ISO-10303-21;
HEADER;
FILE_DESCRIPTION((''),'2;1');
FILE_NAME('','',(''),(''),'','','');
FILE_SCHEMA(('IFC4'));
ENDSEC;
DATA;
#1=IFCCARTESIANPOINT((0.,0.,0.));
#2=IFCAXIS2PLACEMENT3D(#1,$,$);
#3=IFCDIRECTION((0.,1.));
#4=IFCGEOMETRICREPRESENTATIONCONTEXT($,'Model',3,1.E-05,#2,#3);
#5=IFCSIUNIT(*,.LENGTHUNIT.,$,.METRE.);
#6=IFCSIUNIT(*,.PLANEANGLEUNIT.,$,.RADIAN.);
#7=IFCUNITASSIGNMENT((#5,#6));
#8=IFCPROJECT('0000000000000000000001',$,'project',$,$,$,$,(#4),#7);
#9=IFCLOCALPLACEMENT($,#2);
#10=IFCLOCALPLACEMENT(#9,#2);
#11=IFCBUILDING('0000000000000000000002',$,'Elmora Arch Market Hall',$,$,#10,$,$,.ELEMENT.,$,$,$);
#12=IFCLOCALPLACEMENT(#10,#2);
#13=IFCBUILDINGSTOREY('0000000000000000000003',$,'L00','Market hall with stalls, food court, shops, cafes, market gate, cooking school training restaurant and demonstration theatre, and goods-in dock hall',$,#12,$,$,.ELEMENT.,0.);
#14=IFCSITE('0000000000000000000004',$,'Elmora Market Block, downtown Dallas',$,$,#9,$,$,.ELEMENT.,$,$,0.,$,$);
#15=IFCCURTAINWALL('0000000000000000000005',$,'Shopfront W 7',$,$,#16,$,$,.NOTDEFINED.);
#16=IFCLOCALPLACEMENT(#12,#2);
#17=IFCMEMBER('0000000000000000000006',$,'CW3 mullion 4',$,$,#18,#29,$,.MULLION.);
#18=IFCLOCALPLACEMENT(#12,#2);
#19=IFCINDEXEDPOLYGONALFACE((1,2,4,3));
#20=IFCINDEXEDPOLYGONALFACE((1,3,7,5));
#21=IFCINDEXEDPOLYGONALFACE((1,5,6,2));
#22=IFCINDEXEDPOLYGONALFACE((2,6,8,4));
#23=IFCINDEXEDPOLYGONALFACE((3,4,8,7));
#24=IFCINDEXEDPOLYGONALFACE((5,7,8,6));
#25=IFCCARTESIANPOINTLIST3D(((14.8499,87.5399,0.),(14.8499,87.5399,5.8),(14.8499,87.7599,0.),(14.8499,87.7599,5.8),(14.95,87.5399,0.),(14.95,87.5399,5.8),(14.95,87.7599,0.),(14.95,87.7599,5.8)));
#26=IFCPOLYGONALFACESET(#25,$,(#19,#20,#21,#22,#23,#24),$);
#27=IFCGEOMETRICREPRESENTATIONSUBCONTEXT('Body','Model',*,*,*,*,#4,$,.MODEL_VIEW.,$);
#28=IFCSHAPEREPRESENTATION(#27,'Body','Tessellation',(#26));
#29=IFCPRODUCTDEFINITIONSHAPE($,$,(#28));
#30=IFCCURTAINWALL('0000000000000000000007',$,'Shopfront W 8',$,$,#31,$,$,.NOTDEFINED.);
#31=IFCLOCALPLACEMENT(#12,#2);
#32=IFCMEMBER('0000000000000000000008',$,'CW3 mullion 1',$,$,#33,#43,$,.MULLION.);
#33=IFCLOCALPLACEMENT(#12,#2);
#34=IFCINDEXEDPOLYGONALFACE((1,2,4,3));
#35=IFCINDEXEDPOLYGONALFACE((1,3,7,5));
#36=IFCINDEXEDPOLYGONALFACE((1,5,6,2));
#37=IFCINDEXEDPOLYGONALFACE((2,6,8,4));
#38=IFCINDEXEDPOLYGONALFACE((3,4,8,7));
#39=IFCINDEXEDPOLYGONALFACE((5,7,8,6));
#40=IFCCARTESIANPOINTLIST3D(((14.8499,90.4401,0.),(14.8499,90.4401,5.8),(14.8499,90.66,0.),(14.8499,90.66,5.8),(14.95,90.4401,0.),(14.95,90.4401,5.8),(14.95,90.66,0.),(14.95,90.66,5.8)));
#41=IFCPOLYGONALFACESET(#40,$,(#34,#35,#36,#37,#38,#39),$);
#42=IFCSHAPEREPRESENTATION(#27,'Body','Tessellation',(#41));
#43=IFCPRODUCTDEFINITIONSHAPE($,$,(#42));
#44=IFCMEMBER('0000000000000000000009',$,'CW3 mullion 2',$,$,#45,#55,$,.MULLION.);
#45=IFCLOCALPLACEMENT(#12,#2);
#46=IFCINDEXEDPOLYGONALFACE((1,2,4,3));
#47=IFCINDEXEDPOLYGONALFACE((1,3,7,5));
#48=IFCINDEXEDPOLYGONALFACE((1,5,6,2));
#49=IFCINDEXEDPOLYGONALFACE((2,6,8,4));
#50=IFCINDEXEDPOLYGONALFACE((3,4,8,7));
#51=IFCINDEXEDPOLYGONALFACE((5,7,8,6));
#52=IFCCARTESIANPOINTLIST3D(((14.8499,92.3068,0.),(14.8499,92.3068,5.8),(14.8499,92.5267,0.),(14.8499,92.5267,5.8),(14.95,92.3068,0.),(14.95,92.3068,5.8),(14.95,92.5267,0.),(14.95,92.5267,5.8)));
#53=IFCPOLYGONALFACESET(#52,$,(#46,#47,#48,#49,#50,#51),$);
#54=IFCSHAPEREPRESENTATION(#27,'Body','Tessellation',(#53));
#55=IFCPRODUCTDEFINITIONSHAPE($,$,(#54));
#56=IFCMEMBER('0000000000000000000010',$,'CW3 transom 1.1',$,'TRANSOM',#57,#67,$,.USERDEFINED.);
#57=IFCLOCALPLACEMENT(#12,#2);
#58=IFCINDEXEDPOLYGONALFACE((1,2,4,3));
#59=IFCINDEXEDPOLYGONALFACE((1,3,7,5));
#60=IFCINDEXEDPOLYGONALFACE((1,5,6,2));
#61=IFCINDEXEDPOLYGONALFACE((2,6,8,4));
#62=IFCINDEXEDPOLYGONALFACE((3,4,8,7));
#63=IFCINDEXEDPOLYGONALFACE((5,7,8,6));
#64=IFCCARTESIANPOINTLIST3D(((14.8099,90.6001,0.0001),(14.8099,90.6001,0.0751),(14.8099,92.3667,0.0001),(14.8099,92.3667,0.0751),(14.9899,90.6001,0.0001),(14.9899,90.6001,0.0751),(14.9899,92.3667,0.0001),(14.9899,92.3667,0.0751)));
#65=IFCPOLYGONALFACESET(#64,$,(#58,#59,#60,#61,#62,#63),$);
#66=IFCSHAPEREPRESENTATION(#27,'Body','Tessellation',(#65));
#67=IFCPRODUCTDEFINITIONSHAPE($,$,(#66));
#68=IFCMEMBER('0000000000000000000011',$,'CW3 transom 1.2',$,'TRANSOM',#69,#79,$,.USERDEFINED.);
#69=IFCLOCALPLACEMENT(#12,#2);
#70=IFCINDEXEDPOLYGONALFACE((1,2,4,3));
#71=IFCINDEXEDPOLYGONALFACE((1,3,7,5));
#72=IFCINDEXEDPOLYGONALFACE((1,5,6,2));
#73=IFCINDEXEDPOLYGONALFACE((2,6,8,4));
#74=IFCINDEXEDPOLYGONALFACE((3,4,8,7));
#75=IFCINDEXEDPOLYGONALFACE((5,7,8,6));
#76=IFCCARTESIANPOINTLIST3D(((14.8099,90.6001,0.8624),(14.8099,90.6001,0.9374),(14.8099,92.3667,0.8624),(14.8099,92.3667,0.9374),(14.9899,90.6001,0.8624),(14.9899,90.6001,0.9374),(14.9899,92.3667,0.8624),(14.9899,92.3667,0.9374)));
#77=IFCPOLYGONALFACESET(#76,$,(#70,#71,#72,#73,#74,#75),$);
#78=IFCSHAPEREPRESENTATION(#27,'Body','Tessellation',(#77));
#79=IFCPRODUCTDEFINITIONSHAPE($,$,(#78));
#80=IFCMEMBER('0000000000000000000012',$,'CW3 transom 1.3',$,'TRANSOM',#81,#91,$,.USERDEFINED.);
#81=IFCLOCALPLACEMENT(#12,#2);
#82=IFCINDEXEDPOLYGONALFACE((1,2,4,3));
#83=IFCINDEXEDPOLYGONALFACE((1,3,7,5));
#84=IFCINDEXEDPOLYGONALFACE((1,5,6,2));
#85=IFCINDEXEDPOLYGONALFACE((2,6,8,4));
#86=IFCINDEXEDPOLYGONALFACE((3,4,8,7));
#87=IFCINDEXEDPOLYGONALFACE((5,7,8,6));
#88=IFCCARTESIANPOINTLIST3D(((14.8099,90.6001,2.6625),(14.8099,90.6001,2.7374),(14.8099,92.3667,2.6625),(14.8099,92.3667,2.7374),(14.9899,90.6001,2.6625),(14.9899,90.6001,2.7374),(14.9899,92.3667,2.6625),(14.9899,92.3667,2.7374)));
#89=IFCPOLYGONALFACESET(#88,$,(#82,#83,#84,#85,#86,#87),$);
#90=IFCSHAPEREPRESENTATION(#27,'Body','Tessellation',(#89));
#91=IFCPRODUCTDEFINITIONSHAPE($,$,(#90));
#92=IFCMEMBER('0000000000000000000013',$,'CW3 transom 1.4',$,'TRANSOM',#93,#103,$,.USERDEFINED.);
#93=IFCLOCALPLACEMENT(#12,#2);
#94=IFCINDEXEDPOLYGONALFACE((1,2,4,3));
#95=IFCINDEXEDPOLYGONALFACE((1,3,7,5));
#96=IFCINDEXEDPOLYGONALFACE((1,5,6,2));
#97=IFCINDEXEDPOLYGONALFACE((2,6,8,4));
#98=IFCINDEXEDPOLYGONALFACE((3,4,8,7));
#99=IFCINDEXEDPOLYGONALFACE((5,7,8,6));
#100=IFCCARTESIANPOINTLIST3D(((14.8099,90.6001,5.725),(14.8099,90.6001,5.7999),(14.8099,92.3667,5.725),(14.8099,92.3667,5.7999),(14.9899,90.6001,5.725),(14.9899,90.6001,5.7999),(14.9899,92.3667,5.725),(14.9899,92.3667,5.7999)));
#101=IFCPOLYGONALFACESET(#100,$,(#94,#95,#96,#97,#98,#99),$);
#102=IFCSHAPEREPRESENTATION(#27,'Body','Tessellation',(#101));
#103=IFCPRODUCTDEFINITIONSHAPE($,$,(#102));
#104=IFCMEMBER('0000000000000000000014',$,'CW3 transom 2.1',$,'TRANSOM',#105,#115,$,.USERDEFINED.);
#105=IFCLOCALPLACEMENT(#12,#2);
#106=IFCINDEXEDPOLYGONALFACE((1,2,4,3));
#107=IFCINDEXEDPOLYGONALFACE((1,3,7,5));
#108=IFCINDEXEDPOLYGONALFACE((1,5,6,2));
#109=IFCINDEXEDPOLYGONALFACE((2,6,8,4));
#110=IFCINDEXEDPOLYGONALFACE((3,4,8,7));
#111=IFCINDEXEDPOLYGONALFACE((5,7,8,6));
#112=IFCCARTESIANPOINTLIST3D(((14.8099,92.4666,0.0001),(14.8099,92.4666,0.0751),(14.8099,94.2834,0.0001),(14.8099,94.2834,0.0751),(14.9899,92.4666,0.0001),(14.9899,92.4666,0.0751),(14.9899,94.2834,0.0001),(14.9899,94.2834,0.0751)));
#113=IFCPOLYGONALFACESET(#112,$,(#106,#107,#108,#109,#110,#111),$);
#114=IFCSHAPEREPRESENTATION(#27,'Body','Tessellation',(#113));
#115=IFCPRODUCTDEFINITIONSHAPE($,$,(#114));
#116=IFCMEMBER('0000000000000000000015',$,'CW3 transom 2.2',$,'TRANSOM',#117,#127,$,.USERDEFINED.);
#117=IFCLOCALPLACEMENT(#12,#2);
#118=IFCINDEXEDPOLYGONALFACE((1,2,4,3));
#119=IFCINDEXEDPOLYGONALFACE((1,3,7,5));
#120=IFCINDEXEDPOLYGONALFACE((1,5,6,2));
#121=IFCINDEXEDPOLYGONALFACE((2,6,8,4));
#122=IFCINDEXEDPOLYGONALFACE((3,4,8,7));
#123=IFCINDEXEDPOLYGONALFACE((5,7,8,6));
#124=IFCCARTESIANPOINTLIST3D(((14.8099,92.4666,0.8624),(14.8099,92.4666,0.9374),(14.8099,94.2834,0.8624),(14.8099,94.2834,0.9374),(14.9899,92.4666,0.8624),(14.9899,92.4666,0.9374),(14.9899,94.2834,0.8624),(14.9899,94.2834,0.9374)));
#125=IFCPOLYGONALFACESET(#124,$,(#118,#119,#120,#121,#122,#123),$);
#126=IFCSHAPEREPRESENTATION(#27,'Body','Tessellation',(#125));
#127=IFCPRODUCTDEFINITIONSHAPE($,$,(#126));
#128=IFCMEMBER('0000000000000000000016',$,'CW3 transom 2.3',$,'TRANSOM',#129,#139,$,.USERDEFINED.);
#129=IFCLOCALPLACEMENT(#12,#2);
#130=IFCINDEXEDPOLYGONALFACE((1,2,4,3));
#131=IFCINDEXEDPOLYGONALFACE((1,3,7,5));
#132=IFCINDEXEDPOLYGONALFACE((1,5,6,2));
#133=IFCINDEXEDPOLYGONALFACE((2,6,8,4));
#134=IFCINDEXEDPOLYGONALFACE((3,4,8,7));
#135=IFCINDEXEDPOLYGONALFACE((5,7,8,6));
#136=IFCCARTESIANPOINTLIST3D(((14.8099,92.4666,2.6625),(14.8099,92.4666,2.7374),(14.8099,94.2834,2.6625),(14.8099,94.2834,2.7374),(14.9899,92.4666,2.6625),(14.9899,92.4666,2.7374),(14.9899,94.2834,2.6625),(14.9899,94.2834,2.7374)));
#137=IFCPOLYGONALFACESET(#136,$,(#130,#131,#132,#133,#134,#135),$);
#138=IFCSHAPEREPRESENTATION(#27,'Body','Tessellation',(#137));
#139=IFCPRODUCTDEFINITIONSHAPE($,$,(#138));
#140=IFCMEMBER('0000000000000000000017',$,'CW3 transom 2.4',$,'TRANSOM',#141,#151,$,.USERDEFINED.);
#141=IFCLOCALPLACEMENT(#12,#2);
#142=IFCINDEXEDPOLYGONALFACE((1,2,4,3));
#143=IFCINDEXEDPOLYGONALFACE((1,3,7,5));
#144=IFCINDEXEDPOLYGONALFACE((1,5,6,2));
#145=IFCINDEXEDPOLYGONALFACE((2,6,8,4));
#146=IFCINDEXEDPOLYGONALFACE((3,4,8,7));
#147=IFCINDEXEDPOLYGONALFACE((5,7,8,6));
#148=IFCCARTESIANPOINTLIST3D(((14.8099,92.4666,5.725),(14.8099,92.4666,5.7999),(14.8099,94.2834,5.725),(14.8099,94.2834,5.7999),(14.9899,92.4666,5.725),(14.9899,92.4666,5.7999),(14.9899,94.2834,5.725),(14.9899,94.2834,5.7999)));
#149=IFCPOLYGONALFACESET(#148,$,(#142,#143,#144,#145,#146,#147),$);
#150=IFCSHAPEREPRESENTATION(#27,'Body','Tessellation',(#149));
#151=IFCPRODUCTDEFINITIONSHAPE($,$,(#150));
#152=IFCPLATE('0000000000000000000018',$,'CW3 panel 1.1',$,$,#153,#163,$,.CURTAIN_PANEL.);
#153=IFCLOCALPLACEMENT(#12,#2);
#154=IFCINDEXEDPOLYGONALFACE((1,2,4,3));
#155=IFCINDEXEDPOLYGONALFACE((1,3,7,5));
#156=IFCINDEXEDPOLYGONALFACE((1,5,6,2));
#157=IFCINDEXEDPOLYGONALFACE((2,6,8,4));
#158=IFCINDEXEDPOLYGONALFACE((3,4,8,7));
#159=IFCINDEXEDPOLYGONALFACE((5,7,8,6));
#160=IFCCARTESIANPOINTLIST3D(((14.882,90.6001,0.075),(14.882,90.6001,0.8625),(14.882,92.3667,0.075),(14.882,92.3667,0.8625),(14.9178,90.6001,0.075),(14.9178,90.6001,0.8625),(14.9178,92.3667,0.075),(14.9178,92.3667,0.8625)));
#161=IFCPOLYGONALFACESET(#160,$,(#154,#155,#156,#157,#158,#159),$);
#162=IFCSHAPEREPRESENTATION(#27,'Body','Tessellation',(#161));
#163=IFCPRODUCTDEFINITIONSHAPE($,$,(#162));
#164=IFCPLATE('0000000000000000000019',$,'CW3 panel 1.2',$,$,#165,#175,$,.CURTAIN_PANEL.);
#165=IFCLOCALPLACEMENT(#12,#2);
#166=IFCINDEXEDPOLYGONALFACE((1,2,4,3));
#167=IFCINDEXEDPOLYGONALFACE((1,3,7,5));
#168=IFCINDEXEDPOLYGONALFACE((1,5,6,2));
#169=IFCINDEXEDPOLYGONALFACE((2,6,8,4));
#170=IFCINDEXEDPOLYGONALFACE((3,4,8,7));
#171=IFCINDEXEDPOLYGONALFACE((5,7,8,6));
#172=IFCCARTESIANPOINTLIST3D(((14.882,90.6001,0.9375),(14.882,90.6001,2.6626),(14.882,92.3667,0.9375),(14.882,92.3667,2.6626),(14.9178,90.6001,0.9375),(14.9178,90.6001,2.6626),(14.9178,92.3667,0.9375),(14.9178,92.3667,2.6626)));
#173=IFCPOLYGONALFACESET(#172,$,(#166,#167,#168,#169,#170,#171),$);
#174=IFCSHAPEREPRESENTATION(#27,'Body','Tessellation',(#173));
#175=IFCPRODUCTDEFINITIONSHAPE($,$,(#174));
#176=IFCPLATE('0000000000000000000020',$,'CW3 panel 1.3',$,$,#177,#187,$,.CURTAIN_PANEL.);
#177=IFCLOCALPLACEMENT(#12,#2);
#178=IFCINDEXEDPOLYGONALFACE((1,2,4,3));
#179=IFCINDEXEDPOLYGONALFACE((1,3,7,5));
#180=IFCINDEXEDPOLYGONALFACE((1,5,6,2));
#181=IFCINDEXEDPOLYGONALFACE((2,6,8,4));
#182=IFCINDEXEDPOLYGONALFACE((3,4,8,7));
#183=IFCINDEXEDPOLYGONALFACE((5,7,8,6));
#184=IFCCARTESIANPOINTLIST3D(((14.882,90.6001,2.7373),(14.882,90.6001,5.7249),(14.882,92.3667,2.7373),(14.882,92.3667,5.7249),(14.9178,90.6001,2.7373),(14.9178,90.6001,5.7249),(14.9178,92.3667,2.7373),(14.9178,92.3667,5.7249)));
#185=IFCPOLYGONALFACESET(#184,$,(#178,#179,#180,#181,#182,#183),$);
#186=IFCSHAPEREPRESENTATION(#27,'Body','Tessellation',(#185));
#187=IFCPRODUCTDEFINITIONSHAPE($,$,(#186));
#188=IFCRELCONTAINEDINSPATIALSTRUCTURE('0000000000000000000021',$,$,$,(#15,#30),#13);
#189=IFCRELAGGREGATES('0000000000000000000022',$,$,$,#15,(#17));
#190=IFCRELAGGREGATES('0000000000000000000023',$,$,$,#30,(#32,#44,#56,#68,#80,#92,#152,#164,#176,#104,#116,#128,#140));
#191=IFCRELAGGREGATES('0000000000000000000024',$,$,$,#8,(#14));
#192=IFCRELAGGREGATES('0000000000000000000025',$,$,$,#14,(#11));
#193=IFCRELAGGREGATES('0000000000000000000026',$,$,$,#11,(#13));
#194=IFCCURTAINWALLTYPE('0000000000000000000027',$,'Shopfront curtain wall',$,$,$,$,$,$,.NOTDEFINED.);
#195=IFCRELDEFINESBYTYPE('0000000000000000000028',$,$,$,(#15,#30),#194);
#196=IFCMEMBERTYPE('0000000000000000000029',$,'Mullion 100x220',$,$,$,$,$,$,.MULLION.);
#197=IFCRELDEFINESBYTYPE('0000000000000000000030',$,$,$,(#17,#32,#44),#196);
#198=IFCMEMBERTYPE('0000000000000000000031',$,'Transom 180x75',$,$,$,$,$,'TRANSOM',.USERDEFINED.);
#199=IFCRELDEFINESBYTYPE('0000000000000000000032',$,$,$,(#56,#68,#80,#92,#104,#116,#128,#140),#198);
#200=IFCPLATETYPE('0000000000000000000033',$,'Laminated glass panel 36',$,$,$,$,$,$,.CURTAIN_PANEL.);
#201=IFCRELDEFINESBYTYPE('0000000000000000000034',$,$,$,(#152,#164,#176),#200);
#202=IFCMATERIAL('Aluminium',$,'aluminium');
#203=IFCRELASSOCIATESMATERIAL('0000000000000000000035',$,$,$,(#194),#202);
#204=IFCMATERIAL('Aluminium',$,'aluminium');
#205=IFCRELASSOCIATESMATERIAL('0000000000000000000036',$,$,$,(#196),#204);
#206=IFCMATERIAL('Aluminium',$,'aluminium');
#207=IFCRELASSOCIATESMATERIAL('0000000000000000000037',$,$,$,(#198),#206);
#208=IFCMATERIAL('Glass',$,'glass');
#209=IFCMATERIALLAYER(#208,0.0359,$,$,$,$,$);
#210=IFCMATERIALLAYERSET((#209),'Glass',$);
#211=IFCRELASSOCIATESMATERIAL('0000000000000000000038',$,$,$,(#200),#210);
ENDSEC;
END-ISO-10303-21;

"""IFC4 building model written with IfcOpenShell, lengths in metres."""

from ifc_helpers import new_model, si_unit, direction, frame, origin, origin_2d, place, context, subcontext, project, spatial, rectangle, extrude, material, layer, layer_set, material_profile, profile_set, type_object, element, aggregate, save


model = new_model("IFC4")

# Units and contexts
model_context = context("Model", 3, precision=1e-05, world=origin(), true_north=direction((0.0, 1.0)))
body_context = subcontext(model_context, "Body", "Model", "MODEL_VIEW")
ifc_project = project(units=[si_unit("LENGTHUNIT", "METRE"), si_unit("PLANEANGLEUNIT", "RADIAN")], contexts=[model_context])

# Site, building, storey
site_placement = place(None, origin())
site = spatial("IfcSite", under=ifc_project, at=site_placement, Name="Elmora Market Block, downtown Dallas", CompositionType="ELEMENT", RefElevation=0.0)
building_placement = place(site_placement, origin())
building = spatial("IfcBuilding", under=site, at=building_placement, Name="Elmora Arch Market Hall", CompositionType="ELEMENT")
storey_placement = place(building_placement, origin())
storey = spatial("IfcBuildingStorey", under=building, at=storey_placement, Name="L00", Description="Market hall with stalls, food court, shops, cafes, market gate, cooking school training restaurant and demonstration theatre, and goods-in dock hall", CompositionType="ELEMENT", Elevation=0.0)

# Curtain wall, member
ifc_material_1 = material(Name="Aluminium", Category="aluminium")
curtain_wall_type = type_object("IfcCurtainWallType", Name="Shopfront curtain wall", PredefinedType="NOTDEFINED", material=ifc_material_1)
curtain_wall_1_placement = place(storey_placement, origin())
curtain_wall_1 = element("IfcCurtainWall", 1, at=curtain_wall_1_placement, inside=storey, type_object=curtain_wall_type, Name="Shopfront W 7", PredefinedType="NOTDEFINED")
ifc_material_2 = material(Name="Aluminium", Category="aluminium")
ifc_material_profile_1 = material_profile(ifc_material_2, rectangle(XDim=0.1001, YDim=0.22, at=origin_2d()), Name="AL 100x220")
ifc_profile_set_1 = profile_set([ifc_material_profile_1], Name="Aluminium")
member_type_1 = type_object("IfcMemberType", Name="Mullion 100x220", PredefinedType="MULLION", material=ifc_profile_set_1)
member_1_placement = place(storey_placement, frame((14.8999, 87.6499, 0.0), z_axis=(0.0, 0.0, 1.0), x_axis=(-1.0, 0.0, 0.0)))
member_1 = element("IfcMember", 2, at=member_1_placement, type_object=member_type_1, Name="CW3 mullion 4", PredefinedType="MULLION", context=body_context, shape_type="SweptSolid", body=[
    extrude(rectangle(XDim=0.1001, YDim=0.22, at=origin_2d()), origin(), (0.0, 0.0, 1.0), 5.8),
])
aggregate(curtain_wall_1, [member_1])

# Curtain wall, members, plates
curtain_wall_2_placement = place(storey_placement, origin())
curtain_wall_2 = element("IfcCurtainWall", 3, at=curtain_wall_2_placement, inside=storey, type_object=curtain_wall_type, Name="Shopfront W 8", PredefinedType="NOTDEFINED")
member_2_placement = place(storey_placement, frame((14.8999, 90.55, 0.0), z_axis=(0.0, 0.0, 1.0), x_axis=(-1.0, 0.0, 0.0)))
member_2 = element("IfcMember", 4, at=member_2_placement, type_object=member_type_1, Name="CW3 mullion 1", PredefinedType="MULLION", context=body_context, shape_type="SweptSolid", body=[
    extrude(rectangle(XDim=0.1001, YDim=0.22, at=origin_2d()), origin(), (0.0, 0.0, 1.0), 5.8),
])
member_3_placement = place(storey_placement, frame((14.8999, 92.4167, 0.0), z_axis=(0.0, 0.0, 1.0), x_axis=(-1.0, 0.0, 0.0)))
member_3 = element("IfcMember", 5, at=member_3_placement, type_object=member_type_1, Name="CW3 mullion 2", PredefinedType="MULLION", context=body_context, shape_type="SweptSolid", body=[
    extrude(rectangle(XDim=0.1001, YDim=0.22, at=origin_2d()), origin(), (0.0, 0.0, 1.0), 5.8),
])
ifc_material_3 = material(Name="Aluminium", Category="aluminium")
ifc_material_profile_2 = material_profile(ifc_material_3, rectangle(XDim=0.1799, YDim=0.075, at=origin_2d()), Name="AL 180x75")
ifc_profile_set_2 = profile_set([ifc_material_profile_2], Name="Aluminium")
member_type_2 = type_object("IfcMemberType", Name="Transom 180x75", ElementType="TRANSOM", PredefinedType="USERDEFINED", material=ifc_profile_set_2)
member_4_placement = place(storey_placement, frame((14.8999, 90.6001, 0.0376), z_axis=(0.0, 1.0, 0.0), x_axis=(-1.0, 0.0, 0.0)))
member_4 = element("IfcMember", 6, at=member_4_placement, type_object=member_type_2, Name="CW3 transom 1.1", ObjectType="TRANSOM", PredefinedType="USERDEFINED", context=body_context, shape_type="SweptSolid", body=[
    extrude(rectangle(XDim=0.1799, YDim=0.075, at=origin_2d()), origin(), (0.0, 0.0, 1.0), 1.7666),
])
member_5_placement = place(storey_placement, frame((14.8999, 90.6001, 0.8999), z_axis=(0.0, 1.0, 0.0), x_axis=(-1.0, 0.0, 0.0)))
member_5 = element("IfcMember", 7, at=member_5_placement, type_object=member_type_2, Name="CW3 transom 1.2", ObjectType="TRANSOM", PredefinedType="USERDEFINED", context=body_context, shape_type="SweptSolid", body=[
    extrude(rectangle(XDim=0.1799, YDim=0.075, at=origin_2d()), origin(), (0.0, 0.0, 1.0), 1.7666),
])
member_6_placement = place(storey_placement, frame((14.8999, 90.6001, 2.7), z_axis=(0.0, 1.0, 0.0), x_axis=(-1.0, 0.0, 0.0)))
member_6 = element("IfcMember", 8, at=member_6_placement, type_object=member_type_2, Name="CW3 transom 1.3", ObjectType="TRANSOM", PredefinedType="USERDEFINED", context=body_context, shape_type="SweptSolid", body=[
    extrude(rectangle(XDim=0.1799, YDim=0.075, at=origin_2d()), origin(), (0.0, 0.0, 1.0), 1.7666),
])
member_7_placement = place(storey_placement, frame((14.8999, 90.6001, 5.7625), z_axis=(0.0, 1.0, 0.0), x_axis=(-1.0, 0.0, 0.0)))
member_7 = element("IfcMember", 9, at=member_7_placement, type_object=member_type_2, Name="CW3 transom 1.4", ObjectType="TRANSOM", PredefinedType="USERDEFINED", context=body_context, shape_type="SweptSolid", body=[
    extrude(rectangle(XDim=0.1799, YDim=0.075, at=origin_2d()), origin(), (0.0, 0.0, 1.0), 1.7666),
])
member_8_placement = place(storey_placement, frame((14.8999, 92.4666, 0.0376), z_axis=(0.0, 1.0, 0.0), x_axis=(-1.0, 0.0, 0.0)))
member_8 = element("IfcMember", 10, at=member_8_placement, type_object=member_type_2, Name="CW3 transom 2.1", ObjectType="TRANSOM", PredefinedType="USERDEFINED", context=body_context, shape_type="SweptSolid", body=[
    extrude(rectangle(XDim=0.1799, YDim=0.075, at=origin_2d()), origin(), (0.0, 0.0, 1.0), 1.8169),
])
member_9_placement = place(storey_placement, frame((14.8999, 92.4666, 0.8999), z_axis=(0.0, 1.0, 0.0), x_axis=(-1.0, 0.0, 0.0)))
member_9 = element("IfcMember", 11, at=member_9_placement, type_object=member_type_2, Name="CW3 transom 2.2", ObjectType="TRANSOM", PredefinedType="USERDEFINED", context=body_context, shape_type="SweptSolid", body=[
    extrude(rectangle(XDim=0.1799, YDim=0.075, at=origin_2d()), origin(), (0.0, 0.0, 1.0), 1.8169),
])
member_10_placement = place(storey_placement, frame((14.8999, 92.4666, 2.7), z_axis=(0.0, 1.0, 0.0), x_axis=(-1.0, 0.0, 0.0)))
member_10 = element("IfcMember", 12, at=member_10_placement, type_object=member_type_2, Name="CW3 transom 2.3", ObjectType="TRANSOM", PredefinedType="USERDEFINED", context=body_context, shape_type="SweptSolid", body=[
    extrude(rectangle(XDim=0.1799, YDim=0.075, at=origin_2d()), origin(), (0.0, 0.0, 1.0), 1.8169),
])
member_11_placement = place(storey_placement, frame((14.8999, 92.4666, 5.7625), z_axis=(0.0, 1.0, 0.0), x_axis=(-1.0, 0.0, 0.0)))
member_11 = element("IfcMember", 13, at=member_11_placement, type_object=member_type_2, Name="CW3 transom 2.4", ObjectType="TRANSOM", PredefinedType="USERDEFINED", context=body_context, shape_type="SweptSolid", body=[
    extrude(rectangle(XDim=0.1799, YDim=0.075, at=origin_2d()), origin(), (0.0, 0.0, 1.0), 1.8169),
])
ifc_material_4 = material(Name="Glass", Category="glass")
ifc_layer_1 = layer(ifc_material_4, 0.0359)
ifc_layer_set_1 = layer_set([ifc_layer_1], Name="Glass")
plate_type = type_object("IfcPlateType", Name="Laminated glass panel 36", PredefinedType="CURTAIN_PANEL", material=ifc_layer_set_1)
plate_1_placement = place(storey_placement, frame((14.8999, 91.4834, 0.075), z_axis=(0.0, 0.0, 1.0), x_axis=(0.0, 1.0, 0.0)))
plate_1 = element("IfcPlate", 14, at=plate_1_placement, type_object=plate_type, Name="CW3 panel 1.1", PredefinedType="CURTAIN_PANEL", context=body_context, shape_type="SweptSolid", body=[
    extrude(rectangle(XDim=1.7666, YDim=0.0359, at=origin_2d()), origin(), (0.0, 0.0, 1.0), 0.7876),
])
plate_2_placement = place(storey_placement, frame((14.8999, 91.4834, 0.9375), z_axis=(0.0, 0.0, 1.0), x_axis=(0.0, 1.0, 0.0)))
plate_2 = element("IfcPlate", 15, at=plate_2_placement, type_object=plate_type, Name="CW3 panel 1.2", PredefinedType="CURTAIN_PANEL", context=body_context, shape_type="SweptSolid", body=[
    extrude(rectangle(XDim=1.7666, YDim=0.0359, at=origin_2d()), origin(), (0.0, 0.0, 1.0), 1.7251),
])
plate_3_placement = place(storey_placement, frame((14.8999, 91.4834, 2.7373), z_axis=(0.0, 0.0, 1.0), x_axis=(0.0, 1.0, 0.0)))
plate_3 = element("IfcPlate", 16, at=plate_3_placement, type_object=plate_type, Name="CW3 panel 1.3", PredefinedType="CURTAIN_PANEL", context=body_context, shape_type="SweptSolid", body=[
    extrude(rectangle(XDim=1.7666, YDim=0.0359, at=origin_2d()), origin(), (0.0, 0.0, 1.0), 2.9875),
])
aggregate(curtain_wall_2, [member_2, member_3, member_4, member_5, member_6, member_7, plate_1, plate_2, plate_3, member_8, member_9, member_10, member_11])

save(model, "model.ifc")
